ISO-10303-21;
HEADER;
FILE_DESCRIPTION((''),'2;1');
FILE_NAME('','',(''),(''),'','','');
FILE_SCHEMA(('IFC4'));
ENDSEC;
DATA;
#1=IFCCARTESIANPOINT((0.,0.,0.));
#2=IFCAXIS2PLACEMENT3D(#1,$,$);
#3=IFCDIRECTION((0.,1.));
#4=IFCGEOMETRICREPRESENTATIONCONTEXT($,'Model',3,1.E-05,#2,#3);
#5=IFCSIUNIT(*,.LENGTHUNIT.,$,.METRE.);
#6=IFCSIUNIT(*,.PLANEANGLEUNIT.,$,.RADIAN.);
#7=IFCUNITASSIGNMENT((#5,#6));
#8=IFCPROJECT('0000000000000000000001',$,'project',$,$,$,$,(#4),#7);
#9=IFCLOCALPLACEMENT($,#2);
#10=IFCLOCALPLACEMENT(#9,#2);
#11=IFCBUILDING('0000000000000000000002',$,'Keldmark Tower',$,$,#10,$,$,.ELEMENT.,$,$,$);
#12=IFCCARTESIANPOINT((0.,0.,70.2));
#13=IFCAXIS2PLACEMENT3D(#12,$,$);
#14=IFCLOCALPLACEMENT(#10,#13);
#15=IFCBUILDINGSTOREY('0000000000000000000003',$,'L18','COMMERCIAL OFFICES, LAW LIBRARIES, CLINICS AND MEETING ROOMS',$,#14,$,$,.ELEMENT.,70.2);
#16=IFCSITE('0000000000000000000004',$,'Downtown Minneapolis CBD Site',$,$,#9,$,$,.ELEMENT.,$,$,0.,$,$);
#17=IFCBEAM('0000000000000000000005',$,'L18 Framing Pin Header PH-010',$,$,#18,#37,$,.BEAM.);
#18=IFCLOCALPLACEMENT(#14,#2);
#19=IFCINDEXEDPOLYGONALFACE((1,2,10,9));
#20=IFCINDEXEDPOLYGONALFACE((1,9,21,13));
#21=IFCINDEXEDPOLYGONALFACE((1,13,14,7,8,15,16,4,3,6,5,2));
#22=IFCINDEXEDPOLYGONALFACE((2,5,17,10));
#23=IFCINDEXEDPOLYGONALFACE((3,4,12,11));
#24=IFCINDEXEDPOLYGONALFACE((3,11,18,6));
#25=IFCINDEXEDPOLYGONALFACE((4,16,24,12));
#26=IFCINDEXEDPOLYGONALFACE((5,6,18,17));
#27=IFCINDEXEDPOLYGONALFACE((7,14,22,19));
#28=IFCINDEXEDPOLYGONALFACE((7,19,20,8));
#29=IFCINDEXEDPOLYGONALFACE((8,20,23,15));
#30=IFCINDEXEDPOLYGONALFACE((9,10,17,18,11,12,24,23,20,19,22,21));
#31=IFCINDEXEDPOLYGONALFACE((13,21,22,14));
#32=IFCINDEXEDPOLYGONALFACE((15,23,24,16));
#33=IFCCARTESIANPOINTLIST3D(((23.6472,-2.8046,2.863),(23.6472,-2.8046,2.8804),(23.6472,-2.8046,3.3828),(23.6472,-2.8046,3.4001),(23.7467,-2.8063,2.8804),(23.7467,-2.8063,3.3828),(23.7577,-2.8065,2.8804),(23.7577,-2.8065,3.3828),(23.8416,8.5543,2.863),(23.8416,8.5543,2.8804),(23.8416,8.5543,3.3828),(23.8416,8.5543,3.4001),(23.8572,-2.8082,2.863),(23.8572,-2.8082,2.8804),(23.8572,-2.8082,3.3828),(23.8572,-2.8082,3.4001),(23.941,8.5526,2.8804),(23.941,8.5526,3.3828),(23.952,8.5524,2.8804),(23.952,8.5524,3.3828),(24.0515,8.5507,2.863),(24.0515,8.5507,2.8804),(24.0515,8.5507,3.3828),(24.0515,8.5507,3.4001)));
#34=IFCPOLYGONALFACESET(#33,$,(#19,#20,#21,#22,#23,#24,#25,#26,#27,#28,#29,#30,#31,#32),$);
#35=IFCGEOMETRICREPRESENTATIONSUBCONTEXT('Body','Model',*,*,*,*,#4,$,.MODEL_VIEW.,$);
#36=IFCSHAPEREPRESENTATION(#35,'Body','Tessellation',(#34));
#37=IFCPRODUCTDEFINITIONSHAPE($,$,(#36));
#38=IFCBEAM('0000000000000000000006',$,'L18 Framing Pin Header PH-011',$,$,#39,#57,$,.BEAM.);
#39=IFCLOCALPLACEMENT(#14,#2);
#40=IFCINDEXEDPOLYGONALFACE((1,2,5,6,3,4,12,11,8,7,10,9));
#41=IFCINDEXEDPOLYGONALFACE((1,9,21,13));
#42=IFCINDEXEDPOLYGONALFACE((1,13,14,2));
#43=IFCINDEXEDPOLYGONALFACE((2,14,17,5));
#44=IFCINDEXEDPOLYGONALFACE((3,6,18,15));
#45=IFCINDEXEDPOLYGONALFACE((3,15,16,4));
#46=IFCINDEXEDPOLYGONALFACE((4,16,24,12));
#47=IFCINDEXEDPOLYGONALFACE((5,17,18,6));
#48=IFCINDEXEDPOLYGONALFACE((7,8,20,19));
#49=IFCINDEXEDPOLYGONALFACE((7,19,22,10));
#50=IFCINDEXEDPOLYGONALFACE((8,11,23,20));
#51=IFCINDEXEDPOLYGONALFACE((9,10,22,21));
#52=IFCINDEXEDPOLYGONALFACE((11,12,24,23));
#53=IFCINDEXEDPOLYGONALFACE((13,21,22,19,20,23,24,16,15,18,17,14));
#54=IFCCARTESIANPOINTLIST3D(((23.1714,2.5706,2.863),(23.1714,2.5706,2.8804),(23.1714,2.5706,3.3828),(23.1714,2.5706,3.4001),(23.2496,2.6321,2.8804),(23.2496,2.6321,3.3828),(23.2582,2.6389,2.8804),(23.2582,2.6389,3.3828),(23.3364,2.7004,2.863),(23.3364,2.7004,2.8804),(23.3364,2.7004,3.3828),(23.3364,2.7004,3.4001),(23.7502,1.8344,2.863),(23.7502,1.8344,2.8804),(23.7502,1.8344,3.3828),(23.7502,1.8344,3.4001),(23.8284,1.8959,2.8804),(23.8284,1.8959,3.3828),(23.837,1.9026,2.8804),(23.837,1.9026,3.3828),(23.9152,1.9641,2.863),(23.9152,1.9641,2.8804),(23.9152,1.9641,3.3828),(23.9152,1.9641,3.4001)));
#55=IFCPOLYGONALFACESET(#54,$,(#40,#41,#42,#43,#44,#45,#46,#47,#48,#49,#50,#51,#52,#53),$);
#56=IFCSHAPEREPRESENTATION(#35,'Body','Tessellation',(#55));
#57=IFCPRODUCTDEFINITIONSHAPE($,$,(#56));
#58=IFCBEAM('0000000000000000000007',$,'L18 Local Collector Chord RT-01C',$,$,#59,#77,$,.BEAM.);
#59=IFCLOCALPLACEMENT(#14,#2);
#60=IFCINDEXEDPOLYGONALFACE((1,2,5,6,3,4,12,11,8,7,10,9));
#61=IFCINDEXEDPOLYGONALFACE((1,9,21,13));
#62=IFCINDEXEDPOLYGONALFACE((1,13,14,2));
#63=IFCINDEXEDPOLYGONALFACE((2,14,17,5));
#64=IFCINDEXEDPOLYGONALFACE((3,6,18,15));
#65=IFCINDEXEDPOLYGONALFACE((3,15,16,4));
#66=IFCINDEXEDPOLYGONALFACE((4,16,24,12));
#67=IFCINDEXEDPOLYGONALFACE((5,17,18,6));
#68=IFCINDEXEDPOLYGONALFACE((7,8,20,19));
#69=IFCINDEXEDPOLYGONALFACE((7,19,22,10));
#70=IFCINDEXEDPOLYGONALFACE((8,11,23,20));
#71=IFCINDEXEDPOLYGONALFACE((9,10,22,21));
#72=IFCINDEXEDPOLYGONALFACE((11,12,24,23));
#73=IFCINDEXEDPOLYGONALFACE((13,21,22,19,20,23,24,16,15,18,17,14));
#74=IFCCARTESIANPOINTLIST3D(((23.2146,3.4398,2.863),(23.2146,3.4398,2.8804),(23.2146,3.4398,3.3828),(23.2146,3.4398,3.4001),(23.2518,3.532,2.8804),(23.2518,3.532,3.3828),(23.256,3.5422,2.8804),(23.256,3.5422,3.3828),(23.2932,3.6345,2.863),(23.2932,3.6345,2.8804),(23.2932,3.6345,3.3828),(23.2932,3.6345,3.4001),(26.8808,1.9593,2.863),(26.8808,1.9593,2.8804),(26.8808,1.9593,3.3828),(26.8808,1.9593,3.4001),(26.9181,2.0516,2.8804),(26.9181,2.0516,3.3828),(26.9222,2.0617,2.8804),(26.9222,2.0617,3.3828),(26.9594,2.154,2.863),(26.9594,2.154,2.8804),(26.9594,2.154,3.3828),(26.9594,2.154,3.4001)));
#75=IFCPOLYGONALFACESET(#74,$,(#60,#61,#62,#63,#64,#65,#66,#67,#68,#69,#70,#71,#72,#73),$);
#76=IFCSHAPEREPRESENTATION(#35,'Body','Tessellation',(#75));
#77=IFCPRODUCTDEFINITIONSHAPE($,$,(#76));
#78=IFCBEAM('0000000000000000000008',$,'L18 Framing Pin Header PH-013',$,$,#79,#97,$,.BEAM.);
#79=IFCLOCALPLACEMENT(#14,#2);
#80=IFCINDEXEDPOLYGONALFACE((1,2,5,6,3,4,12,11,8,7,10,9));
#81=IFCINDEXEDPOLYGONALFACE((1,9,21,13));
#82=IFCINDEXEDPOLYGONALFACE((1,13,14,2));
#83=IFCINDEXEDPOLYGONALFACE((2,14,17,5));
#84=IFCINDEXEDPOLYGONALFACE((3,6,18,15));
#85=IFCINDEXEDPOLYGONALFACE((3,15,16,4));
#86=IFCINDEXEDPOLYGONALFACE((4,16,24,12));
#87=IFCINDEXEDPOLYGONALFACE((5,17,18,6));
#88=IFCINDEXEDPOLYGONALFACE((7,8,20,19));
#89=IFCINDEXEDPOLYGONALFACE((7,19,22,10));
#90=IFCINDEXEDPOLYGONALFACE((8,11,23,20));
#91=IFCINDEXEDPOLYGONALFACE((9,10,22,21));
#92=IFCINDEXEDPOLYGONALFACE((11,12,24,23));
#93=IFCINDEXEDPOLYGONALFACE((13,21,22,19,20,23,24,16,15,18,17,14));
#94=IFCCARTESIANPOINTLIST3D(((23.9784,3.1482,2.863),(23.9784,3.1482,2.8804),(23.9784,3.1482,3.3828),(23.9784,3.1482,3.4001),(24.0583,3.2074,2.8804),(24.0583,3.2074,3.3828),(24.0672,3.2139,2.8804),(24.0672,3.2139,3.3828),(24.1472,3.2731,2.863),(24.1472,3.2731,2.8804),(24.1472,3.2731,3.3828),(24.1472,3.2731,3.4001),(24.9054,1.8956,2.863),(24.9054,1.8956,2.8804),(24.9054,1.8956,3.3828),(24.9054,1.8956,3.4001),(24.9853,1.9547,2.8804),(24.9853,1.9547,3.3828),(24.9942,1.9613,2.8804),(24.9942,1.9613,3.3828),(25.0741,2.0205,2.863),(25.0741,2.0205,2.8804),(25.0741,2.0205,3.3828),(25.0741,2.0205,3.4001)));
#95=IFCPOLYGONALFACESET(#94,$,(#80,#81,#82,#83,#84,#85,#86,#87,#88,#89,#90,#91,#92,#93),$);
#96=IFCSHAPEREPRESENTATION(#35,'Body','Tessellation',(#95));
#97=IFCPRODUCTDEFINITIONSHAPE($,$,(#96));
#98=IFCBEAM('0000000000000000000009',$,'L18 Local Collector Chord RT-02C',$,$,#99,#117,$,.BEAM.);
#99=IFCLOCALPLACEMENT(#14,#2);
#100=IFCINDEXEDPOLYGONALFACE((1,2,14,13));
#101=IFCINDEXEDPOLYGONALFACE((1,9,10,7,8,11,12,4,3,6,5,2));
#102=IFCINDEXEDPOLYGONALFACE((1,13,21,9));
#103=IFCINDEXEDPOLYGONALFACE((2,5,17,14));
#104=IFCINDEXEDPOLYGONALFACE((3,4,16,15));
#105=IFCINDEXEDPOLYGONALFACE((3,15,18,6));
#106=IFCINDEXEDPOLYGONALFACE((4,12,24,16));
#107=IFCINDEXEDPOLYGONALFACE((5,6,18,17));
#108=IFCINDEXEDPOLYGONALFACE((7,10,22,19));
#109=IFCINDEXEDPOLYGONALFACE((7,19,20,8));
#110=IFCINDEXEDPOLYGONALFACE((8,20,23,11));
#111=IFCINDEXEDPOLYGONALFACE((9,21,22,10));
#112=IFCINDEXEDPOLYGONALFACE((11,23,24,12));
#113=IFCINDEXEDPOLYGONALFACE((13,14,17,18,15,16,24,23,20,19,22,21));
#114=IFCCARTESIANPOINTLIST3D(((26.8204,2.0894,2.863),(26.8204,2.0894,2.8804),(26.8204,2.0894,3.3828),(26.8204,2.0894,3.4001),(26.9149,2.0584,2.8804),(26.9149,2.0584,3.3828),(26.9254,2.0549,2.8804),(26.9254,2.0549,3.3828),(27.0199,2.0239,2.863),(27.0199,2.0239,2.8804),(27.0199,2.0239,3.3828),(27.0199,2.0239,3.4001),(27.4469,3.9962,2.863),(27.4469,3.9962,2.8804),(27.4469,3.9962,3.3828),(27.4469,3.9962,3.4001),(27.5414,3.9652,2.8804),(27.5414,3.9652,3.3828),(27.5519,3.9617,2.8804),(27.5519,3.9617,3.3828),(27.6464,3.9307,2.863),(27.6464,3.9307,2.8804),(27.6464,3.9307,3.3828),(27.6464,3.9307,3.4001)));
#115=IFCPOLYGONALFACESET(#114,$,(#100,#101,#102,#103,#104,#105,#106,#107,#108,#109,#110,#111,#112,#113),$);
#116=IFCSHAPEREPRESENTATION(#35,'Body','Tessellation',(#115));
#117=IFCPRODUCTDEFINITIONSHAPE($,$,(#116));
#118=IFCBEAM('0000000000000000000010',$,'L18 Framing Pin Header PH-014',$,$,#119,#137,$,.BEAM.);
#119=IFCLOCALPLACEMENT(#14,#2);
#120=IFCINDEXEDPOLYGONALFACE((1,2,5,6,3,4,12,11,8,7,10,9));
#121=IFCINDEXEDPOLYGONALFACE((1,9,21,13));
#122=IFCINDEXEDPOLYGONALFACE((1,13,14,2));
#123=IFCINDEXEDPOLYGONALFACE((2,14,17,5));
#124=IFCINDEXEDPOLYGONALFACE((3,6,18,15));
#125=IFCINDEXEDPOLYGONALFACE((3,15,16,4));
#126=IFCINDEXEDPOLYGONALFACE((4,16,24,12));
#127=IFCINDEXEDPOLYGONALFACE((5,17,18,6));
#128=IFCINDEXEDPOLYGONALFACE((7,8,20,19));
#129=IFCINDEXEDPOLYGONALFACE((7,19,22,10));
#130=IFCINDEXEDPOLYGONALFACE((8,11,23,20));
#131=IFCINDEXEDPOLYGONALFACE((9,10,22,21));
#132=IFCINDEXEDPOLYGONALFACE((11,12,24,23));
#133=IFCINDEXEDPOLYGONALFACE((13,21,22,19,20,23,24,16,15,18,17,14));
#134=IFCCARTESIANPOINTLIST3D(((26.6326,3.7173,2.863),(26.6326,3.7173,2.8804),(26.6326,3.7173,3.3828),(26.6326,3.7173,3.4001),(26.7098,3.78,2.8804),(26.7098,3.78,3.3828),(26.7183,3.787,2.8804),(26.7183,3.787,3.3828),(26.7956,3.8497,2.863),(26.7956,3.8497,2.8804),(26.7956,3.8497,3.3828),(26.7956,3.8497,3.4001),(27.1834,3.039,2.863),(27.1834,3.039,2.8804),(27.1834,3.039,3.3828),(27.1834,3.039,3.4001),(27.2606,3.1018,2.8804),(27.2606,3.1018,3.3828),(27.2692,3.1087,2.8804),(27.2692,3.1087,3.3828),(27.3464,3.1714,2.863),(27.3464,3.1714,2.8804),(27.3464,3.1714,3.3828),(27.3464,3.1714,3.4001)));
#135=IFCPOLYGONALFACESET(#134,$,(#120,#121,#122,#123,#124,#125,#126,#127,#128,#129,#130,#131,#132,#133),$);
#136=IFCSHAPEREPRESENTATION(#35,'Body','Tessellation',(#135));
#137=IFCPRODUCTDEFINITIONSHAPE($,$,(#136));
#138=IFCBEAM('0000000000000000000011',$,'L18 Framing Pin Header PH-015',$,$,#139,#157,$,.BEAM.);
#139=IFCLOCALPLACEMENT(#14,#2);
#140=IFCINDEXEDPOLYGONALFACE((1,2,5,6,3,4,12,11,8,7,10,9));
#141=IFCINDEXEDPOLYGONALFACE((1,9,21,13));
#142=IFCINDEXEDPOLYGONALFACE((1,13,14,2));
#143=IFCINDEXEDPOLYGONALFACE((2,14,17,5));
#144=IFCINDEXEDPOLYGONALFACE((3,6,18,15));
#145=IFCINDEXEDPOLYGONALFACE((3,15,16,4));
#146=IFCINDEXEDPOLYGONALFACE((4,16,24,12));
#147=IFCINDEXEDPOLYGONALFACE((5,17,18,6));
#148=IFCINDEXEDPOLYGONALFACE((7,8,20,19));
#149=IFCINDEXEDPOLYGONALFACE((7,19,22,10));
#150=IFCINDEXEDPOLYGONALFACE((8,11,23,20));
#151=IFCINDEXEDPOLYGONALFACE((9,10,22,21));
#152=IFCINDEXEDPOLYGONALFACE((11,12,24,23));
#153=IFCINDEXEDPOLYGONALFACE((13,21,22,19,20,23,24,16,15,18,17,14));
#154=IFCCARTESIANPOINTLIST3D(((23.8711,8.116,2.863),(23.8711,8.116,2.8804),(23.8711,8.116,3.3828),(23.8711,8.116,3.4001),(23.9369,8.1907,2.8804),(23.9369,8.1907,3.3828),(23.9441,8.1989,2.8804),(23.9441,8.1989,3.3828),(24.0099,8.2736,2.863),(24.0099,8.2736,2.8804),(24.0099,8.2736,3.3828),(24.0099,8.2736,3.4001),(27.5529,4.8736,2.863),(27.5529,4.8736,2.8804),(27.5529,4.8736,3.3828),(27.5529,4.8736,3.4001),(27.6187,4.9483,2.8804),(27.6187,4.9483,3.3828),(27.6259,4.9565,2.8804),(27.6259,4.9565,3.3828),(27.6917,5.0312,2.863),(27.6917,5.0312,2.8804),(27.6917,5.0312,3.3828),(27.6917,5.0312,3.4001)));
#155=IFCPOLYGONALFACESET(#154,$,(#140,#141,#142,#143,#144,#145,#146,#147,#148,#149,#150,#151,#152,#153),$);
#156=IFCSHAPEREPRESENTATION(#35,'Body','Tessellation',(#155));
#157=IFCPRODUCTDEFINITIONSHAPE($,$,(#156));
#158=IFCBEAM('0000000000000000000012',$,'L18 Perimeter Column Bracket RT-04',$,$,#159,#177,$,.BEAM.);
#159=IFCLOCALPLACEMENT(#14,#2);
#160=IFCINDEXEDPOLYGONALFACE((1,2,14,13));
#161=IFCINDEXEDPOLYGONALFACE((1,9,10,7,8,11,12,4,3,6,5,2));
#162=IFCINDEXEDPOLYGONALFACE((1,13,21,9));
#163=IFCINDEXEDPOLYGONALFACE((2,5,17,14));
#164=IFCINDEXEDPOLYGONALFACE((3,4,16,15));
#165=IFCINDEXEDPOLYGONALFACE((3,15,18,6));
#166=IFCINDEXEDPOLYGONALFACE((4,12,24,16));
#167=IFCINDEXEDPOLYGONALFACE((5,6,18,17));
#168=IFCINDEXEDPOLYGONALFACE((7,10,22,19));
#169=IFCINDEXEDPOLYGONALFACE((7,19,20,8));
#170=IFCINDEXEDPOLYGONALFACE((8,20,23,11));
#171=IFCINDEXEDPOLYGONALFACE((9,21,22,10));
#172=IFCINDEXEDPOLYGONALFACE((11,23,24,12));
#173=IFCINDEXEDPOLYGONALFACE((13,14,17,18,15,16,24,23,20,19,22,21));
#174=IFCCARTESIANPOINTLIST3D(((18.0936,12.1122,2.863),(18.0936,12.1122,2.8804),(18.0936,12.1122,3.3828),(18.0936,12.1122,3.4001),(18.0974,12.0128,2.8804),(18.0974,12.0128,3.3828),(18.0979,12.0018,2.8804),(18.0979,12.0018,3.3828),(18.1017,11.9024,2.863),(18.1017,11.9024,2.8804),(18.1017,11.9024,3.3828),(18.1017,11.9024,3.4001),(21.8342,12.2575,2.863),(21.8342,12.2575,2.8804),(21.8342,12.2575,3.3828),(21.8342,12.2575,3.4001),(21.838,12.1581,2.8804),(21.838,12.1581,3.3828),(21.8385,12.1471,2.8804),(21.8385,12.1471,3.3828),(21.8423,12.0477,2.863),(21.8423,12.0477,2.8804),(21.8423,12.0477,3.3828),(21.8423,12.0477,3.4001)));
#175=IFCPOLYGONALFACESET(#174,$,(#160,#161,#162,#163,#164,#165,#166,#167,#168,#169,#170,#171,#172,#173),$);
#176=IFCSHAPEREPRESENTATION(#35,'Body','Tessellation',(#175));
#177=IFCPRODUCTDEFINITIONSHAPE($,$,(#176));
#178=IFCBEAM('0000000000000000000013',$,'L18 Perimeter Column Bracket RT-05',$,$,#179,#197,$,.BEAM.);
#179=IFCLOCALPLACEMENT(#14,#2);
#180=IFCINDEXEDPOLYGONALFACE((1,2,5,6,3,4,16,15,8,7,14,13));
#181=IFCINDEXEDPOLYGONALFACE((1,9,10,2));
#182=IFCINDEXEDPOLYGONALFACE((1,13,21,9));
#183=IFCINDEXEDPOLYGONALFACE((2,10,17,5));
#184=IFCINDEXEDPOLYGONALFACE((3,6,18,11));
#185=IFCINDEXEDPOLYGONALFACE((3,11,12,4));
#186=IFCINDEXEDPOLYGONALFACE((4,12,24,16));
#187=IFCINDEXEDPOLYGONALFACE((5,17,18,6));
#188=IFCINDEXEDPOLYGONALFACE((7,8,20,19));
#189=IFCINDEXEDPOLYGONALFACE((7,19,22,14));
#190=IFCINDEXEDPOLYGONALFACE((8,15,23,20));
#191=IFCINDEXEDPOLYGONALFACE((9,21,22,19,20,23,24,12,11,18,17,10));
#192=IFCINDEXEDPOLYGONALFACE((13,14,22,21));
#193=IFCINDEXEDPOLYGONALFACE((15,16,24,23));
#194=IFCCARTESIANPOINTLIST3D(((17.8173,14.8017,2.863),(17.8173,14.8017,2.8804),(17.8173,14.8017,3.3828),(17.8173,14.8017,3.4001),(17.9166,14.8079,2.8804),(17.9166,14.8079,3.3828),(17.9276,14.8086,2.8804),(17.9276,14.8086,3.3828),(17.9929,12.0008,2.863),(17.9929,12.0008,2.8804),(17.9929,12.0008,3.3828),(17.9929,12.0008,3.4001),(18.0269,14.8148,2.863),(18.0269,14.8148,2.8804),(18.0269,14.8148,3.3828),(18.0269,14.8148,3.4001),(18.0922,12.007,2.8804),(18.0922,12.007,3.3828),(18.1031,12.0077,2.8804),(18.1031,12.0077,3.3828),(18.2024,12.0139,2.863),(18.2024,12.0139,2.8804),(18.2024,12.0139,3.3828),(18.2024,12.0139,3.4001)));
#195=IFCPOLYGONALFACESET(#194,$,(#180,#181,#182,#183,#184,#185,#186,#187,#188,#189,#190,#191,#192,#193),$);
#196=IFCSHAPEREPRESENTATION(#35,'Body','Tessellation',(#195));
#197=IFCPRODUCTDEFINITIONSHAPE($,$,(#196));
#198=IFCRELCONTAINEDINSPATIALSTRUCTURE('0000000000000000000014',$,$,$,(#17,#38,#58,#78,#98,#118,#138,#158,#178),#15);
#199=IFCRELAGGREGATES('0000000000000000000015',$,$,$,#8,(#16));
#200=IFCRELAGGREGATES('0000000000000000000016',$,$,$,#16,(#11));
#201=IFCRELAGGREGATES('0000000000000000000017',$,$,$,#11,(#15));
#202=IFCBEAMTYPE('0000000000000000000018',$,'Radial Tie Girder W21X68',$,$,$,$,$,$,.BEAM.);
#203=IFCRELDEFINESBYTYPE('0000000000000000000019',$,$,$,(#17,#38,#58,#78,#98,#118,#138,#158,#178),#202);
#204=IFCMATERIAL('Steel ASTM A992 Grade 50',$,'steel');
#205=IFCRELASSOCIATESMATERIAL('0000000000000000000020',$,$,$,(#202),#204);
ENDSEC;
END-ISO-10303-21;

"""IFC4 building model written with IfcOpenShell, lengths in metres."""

from ifc_helpers import new_model, si_unit, direction, frame, origin, origin_2d, place, context, subcontext, project, spatial, i_section, extrude, material, material_profile, profile_set, type_object, element, save


model = new_model("IFC4")

# Units and contexts
model_context = context("Model", 3, precision=1e-05, world=origin(), true_north=direction((0.0, 1.0)))
body_context = subcontext(model_context, "Body", "Model", "MODEL_VIEW")
ifc_project = project(units=[si_unit("LENGTHUNIT", "METRE"), si_unit("PLANEANGLEUNIT", "RADIAN")], contexts=[model_context])

# Site, building, storey
site_placement = place(None, origin())
site = spatial("IfcSite", under=ifc_project, at=site_placement, Name="Downtown Minneapolis CBD Site", CompositionType="ELEMENT", RefElevation=0.0)
building_placement = place(site_placement, origin())
building = spatial("IfcBuilding", under=site, at=building_placement, Name="Keldmark Tower", CompositionType="ELEMENT")
storey_placement = place(building_placement, frame((0.0, 0.0, 70.2)))
storey = spatial("IfcBuildingStorey", under=building, at=storey_placement, Name="L18", Description="COMMERCIAL OFFICES, LAW LIBRARIES, CLINICS AND MEETING ROOMS", CompositionType="ELEMENT", Elevation=70.2)

# Beams
ifc_material_1 = material(Name="Steel ASTM A992 Grade 50", Category="steel")
ifc_material_profile_1 = material_profile(ifc_material_1, i_section(OverallWidth=0.21, OverallDepth=0.5371, WebThickness=0.011, FlangeThickness=0.0173, at=origin_2d()), Name="W21X68")
ifc_profile_set_1 = profile_set([ifc_material_profile_1], Name="Steel ASTM A992 Grade 50")
beam_type_1 = type_object("IfcBeamType", Name="Radial Tie Girder W21X68", PredefinedType="BEAM", material=ifc_profile_set_1)
beam_1_placement = place(storey_placement, frame((23.9465, 8.5525, 3.1316), z_axis=(-0.017106, -0.999854, 0.0), x_axis=(0.999854, -0.017106, 0.0)))
element("IfcBeam", 1, at=beam_1_placement, inside=storey, type_object=beam_type_1, Name="L18 Framing Pin Header PH-010", PredefinedType="BEAM", context=body_context, shape_type="SweptSolid", body=[
    extrude(i_section(OverallWidth=0.21, OverallDepth=0.5371, WebThickness=0.011, FlangeThickness=0.0173, at=origin_2d()), origin(), (0.0, 0.0, 1.0), 11.3606),
])
beam_2_placement = place(storey_placement, frame((23.2539, 2.6355, 3.1316), z_axis=(0.618029, -0.786156, 0.0), x_axis=(0.786156, 0.618029, 0.0)))
element("IfcBeam", 2, at=beam_2_placement, inside=storey, type_object=beam_type_1, Name="L18 Framing Pin Header PH-011", PredefinedType="BEAM", context=body_context, shape_type="SweptSolid", body=[
    extrude(i_section(OverallWidth=0.21, OverallDepth=0.5371, WebThickness=0.011, FlangeThickness=0.0173, at=origin_2d()), origin(), (0.0, 0.0, 1.0), 0.9365),
])
beam_3_placement = place(storey_placement, frame((23.2539, 3.5371, 3.1316), z_axis=(0.927254, -0.374433, 0.0), x_axis=(0.374433, 0.927254, 0.0)))
element("IfcBeam", 3, at=beam_3_placement, inside=storey, type_object=beam_type_1, Name="L18 Local Collector Chord RT-01C", PredefinedType="BEAM", context=body_context, shape_type="SweptSolid", body=[
    extrude(i_section(OverallWidth=0.21, OverallDepth=0.5371, WebThickness=0.011, FlangeThickness=0.0173, at=origin_2d()), origin(), (0.0, 0.0, 1.0), 3.9539),
])
beam_4_placement = place(storey_placement, frame((24.9897, 1.958, 3.1316), z_axis=(-0.594849, 0.803837, 0.0), x_axis=(-0.803837, -0.594849, 0.0)))
element("IfcBeam", 4, at=beam_4_placement, inside=storey, type_object=beam_type_1, Name="L18 Framing Pin Header PH-013", PredefinedType="BEAM", context=body_context, shape_type="SweptSolid", body=[
    extrude(i_section(OverallWidth=0.21, OverallDepth=0.5371, WebThickness=0.011, FlangeThickness=0.0173, at=origin_2d()), origin(), (0.0, 0.0, 1.0), 1.5583),
])
beam_5_placement = place(storey_placement, frame((26.9202, 2.0566, 3.1316), z_axis=(0.312138, 0.950037, 0.0), x_axis=(-0.950037, 0.312138, 0.0)))
element("IfcBeam", 5, at=beam_5_placement, inside=storey, type_object=beam_type_1, Name="L18 Local Collector Chord RT-02C", PredefinedType="BEAM", context=body_context, shape_type="SweptSolid", body=[
    extrude(i_section(OverallWidth=0.21, OverallDepth=0.5371, WebThickness=0.011, FlangeThickness=0.0173, at=origin_2d()), origin(), (0.0, 0.0, 1.0), 2.0071),
])
beam_6_placement = place(storey_placement, frame((27.2649, 3.1052, 3.1316), z_axis=(-0.630403, 0.776268, 0.0), x_axis=(-0.776268, -0.630403, 0.0)))
element("IfcBeam", 6, at=beam_6_placement, inside=storey, type_object=beam_type_1, Name="L18 Framing Pin Header PH-014", PredefinedType="BEAM", context=body_context, shape_type="SweptSolid", body=[
    extrude(i_section(OverallWidth=0.21, OverallDepth=0.5371, WebThickness=0.011, FlangeThickness=0.0173, at=origin_2d()), origin(), (0.0, 0.0, 1.0), 0.8738),
])
beam_7_placement = place(storey_placement, frame((27.6223, 4.9524, 3.1316), z_axis=(-0.750474, 0.6609, 0.0), x_axis=(-0.6609, -0.750474, 0.0)))
element("IfcBeam", 7, at=beam_7_placement, inside=storey, type_object=beam_type_1, Name="L18 Framing Pin Header PH-015", PredefinedType="BEAM", context=body_context, shape_type="SweptSolid", body=[
    extrude(i_section(OverallWidth=0.21, OverallDepth=0.5371, WebThickness=0.011, FlangeThickness=0.0173, at=origin_2d()), origin(), (0.0, 0.0, 1.0), 4.906),
])
beam_8_placement = place(storey_placement, frame((18.0977, 12.0073, 3.1316), z_axis=(0.999247, 0.038806, 0.0), x_axis=(-0.038806, 0.999247, 0.0)))
element("IfcBeam", 8, at=beam_8_placement, inside=storey, type_object=beam_type_1, Name="L18 Perimeter Column Bracket RT-04", PredefinedType="BEAM", context=body_context, shape_type="SweptSolid", body=[
    extrude(i_section(OverallWidth=0.21, OverallDepth=0.5371, WebThickness=0.011, FlangeThickness=0.0173, at=origin_2d()), origin(), (0.0, 0.0, 1.0), 3.7434),
])
beam_9_placement = place(storey_placement, frame((18.0977, 12.0073, 3.1316), z_axis=(-0.062552, 0.998042, 0.0), x_axis=(-0.998042, -0.062552, 0.0)))
element("IfcBeam", 9, at=beam_9_placement, inside=storey, type_object=beam_type_1, Name="L18 Perimeter Column Bracket RT-05", PredefinedType="BEAM", context=body_context, shape_type="SweptSolid", body=[
    extrude(i_section(OverallWidth=0.21, OverallDepth=0.5371, WebThickness=0.011, FlangeThickness=0.0173, at=origin_2d()), origin(), (0.0, 0.0, 1.0), 2.8064),
])

save(model, "model.ifc")
